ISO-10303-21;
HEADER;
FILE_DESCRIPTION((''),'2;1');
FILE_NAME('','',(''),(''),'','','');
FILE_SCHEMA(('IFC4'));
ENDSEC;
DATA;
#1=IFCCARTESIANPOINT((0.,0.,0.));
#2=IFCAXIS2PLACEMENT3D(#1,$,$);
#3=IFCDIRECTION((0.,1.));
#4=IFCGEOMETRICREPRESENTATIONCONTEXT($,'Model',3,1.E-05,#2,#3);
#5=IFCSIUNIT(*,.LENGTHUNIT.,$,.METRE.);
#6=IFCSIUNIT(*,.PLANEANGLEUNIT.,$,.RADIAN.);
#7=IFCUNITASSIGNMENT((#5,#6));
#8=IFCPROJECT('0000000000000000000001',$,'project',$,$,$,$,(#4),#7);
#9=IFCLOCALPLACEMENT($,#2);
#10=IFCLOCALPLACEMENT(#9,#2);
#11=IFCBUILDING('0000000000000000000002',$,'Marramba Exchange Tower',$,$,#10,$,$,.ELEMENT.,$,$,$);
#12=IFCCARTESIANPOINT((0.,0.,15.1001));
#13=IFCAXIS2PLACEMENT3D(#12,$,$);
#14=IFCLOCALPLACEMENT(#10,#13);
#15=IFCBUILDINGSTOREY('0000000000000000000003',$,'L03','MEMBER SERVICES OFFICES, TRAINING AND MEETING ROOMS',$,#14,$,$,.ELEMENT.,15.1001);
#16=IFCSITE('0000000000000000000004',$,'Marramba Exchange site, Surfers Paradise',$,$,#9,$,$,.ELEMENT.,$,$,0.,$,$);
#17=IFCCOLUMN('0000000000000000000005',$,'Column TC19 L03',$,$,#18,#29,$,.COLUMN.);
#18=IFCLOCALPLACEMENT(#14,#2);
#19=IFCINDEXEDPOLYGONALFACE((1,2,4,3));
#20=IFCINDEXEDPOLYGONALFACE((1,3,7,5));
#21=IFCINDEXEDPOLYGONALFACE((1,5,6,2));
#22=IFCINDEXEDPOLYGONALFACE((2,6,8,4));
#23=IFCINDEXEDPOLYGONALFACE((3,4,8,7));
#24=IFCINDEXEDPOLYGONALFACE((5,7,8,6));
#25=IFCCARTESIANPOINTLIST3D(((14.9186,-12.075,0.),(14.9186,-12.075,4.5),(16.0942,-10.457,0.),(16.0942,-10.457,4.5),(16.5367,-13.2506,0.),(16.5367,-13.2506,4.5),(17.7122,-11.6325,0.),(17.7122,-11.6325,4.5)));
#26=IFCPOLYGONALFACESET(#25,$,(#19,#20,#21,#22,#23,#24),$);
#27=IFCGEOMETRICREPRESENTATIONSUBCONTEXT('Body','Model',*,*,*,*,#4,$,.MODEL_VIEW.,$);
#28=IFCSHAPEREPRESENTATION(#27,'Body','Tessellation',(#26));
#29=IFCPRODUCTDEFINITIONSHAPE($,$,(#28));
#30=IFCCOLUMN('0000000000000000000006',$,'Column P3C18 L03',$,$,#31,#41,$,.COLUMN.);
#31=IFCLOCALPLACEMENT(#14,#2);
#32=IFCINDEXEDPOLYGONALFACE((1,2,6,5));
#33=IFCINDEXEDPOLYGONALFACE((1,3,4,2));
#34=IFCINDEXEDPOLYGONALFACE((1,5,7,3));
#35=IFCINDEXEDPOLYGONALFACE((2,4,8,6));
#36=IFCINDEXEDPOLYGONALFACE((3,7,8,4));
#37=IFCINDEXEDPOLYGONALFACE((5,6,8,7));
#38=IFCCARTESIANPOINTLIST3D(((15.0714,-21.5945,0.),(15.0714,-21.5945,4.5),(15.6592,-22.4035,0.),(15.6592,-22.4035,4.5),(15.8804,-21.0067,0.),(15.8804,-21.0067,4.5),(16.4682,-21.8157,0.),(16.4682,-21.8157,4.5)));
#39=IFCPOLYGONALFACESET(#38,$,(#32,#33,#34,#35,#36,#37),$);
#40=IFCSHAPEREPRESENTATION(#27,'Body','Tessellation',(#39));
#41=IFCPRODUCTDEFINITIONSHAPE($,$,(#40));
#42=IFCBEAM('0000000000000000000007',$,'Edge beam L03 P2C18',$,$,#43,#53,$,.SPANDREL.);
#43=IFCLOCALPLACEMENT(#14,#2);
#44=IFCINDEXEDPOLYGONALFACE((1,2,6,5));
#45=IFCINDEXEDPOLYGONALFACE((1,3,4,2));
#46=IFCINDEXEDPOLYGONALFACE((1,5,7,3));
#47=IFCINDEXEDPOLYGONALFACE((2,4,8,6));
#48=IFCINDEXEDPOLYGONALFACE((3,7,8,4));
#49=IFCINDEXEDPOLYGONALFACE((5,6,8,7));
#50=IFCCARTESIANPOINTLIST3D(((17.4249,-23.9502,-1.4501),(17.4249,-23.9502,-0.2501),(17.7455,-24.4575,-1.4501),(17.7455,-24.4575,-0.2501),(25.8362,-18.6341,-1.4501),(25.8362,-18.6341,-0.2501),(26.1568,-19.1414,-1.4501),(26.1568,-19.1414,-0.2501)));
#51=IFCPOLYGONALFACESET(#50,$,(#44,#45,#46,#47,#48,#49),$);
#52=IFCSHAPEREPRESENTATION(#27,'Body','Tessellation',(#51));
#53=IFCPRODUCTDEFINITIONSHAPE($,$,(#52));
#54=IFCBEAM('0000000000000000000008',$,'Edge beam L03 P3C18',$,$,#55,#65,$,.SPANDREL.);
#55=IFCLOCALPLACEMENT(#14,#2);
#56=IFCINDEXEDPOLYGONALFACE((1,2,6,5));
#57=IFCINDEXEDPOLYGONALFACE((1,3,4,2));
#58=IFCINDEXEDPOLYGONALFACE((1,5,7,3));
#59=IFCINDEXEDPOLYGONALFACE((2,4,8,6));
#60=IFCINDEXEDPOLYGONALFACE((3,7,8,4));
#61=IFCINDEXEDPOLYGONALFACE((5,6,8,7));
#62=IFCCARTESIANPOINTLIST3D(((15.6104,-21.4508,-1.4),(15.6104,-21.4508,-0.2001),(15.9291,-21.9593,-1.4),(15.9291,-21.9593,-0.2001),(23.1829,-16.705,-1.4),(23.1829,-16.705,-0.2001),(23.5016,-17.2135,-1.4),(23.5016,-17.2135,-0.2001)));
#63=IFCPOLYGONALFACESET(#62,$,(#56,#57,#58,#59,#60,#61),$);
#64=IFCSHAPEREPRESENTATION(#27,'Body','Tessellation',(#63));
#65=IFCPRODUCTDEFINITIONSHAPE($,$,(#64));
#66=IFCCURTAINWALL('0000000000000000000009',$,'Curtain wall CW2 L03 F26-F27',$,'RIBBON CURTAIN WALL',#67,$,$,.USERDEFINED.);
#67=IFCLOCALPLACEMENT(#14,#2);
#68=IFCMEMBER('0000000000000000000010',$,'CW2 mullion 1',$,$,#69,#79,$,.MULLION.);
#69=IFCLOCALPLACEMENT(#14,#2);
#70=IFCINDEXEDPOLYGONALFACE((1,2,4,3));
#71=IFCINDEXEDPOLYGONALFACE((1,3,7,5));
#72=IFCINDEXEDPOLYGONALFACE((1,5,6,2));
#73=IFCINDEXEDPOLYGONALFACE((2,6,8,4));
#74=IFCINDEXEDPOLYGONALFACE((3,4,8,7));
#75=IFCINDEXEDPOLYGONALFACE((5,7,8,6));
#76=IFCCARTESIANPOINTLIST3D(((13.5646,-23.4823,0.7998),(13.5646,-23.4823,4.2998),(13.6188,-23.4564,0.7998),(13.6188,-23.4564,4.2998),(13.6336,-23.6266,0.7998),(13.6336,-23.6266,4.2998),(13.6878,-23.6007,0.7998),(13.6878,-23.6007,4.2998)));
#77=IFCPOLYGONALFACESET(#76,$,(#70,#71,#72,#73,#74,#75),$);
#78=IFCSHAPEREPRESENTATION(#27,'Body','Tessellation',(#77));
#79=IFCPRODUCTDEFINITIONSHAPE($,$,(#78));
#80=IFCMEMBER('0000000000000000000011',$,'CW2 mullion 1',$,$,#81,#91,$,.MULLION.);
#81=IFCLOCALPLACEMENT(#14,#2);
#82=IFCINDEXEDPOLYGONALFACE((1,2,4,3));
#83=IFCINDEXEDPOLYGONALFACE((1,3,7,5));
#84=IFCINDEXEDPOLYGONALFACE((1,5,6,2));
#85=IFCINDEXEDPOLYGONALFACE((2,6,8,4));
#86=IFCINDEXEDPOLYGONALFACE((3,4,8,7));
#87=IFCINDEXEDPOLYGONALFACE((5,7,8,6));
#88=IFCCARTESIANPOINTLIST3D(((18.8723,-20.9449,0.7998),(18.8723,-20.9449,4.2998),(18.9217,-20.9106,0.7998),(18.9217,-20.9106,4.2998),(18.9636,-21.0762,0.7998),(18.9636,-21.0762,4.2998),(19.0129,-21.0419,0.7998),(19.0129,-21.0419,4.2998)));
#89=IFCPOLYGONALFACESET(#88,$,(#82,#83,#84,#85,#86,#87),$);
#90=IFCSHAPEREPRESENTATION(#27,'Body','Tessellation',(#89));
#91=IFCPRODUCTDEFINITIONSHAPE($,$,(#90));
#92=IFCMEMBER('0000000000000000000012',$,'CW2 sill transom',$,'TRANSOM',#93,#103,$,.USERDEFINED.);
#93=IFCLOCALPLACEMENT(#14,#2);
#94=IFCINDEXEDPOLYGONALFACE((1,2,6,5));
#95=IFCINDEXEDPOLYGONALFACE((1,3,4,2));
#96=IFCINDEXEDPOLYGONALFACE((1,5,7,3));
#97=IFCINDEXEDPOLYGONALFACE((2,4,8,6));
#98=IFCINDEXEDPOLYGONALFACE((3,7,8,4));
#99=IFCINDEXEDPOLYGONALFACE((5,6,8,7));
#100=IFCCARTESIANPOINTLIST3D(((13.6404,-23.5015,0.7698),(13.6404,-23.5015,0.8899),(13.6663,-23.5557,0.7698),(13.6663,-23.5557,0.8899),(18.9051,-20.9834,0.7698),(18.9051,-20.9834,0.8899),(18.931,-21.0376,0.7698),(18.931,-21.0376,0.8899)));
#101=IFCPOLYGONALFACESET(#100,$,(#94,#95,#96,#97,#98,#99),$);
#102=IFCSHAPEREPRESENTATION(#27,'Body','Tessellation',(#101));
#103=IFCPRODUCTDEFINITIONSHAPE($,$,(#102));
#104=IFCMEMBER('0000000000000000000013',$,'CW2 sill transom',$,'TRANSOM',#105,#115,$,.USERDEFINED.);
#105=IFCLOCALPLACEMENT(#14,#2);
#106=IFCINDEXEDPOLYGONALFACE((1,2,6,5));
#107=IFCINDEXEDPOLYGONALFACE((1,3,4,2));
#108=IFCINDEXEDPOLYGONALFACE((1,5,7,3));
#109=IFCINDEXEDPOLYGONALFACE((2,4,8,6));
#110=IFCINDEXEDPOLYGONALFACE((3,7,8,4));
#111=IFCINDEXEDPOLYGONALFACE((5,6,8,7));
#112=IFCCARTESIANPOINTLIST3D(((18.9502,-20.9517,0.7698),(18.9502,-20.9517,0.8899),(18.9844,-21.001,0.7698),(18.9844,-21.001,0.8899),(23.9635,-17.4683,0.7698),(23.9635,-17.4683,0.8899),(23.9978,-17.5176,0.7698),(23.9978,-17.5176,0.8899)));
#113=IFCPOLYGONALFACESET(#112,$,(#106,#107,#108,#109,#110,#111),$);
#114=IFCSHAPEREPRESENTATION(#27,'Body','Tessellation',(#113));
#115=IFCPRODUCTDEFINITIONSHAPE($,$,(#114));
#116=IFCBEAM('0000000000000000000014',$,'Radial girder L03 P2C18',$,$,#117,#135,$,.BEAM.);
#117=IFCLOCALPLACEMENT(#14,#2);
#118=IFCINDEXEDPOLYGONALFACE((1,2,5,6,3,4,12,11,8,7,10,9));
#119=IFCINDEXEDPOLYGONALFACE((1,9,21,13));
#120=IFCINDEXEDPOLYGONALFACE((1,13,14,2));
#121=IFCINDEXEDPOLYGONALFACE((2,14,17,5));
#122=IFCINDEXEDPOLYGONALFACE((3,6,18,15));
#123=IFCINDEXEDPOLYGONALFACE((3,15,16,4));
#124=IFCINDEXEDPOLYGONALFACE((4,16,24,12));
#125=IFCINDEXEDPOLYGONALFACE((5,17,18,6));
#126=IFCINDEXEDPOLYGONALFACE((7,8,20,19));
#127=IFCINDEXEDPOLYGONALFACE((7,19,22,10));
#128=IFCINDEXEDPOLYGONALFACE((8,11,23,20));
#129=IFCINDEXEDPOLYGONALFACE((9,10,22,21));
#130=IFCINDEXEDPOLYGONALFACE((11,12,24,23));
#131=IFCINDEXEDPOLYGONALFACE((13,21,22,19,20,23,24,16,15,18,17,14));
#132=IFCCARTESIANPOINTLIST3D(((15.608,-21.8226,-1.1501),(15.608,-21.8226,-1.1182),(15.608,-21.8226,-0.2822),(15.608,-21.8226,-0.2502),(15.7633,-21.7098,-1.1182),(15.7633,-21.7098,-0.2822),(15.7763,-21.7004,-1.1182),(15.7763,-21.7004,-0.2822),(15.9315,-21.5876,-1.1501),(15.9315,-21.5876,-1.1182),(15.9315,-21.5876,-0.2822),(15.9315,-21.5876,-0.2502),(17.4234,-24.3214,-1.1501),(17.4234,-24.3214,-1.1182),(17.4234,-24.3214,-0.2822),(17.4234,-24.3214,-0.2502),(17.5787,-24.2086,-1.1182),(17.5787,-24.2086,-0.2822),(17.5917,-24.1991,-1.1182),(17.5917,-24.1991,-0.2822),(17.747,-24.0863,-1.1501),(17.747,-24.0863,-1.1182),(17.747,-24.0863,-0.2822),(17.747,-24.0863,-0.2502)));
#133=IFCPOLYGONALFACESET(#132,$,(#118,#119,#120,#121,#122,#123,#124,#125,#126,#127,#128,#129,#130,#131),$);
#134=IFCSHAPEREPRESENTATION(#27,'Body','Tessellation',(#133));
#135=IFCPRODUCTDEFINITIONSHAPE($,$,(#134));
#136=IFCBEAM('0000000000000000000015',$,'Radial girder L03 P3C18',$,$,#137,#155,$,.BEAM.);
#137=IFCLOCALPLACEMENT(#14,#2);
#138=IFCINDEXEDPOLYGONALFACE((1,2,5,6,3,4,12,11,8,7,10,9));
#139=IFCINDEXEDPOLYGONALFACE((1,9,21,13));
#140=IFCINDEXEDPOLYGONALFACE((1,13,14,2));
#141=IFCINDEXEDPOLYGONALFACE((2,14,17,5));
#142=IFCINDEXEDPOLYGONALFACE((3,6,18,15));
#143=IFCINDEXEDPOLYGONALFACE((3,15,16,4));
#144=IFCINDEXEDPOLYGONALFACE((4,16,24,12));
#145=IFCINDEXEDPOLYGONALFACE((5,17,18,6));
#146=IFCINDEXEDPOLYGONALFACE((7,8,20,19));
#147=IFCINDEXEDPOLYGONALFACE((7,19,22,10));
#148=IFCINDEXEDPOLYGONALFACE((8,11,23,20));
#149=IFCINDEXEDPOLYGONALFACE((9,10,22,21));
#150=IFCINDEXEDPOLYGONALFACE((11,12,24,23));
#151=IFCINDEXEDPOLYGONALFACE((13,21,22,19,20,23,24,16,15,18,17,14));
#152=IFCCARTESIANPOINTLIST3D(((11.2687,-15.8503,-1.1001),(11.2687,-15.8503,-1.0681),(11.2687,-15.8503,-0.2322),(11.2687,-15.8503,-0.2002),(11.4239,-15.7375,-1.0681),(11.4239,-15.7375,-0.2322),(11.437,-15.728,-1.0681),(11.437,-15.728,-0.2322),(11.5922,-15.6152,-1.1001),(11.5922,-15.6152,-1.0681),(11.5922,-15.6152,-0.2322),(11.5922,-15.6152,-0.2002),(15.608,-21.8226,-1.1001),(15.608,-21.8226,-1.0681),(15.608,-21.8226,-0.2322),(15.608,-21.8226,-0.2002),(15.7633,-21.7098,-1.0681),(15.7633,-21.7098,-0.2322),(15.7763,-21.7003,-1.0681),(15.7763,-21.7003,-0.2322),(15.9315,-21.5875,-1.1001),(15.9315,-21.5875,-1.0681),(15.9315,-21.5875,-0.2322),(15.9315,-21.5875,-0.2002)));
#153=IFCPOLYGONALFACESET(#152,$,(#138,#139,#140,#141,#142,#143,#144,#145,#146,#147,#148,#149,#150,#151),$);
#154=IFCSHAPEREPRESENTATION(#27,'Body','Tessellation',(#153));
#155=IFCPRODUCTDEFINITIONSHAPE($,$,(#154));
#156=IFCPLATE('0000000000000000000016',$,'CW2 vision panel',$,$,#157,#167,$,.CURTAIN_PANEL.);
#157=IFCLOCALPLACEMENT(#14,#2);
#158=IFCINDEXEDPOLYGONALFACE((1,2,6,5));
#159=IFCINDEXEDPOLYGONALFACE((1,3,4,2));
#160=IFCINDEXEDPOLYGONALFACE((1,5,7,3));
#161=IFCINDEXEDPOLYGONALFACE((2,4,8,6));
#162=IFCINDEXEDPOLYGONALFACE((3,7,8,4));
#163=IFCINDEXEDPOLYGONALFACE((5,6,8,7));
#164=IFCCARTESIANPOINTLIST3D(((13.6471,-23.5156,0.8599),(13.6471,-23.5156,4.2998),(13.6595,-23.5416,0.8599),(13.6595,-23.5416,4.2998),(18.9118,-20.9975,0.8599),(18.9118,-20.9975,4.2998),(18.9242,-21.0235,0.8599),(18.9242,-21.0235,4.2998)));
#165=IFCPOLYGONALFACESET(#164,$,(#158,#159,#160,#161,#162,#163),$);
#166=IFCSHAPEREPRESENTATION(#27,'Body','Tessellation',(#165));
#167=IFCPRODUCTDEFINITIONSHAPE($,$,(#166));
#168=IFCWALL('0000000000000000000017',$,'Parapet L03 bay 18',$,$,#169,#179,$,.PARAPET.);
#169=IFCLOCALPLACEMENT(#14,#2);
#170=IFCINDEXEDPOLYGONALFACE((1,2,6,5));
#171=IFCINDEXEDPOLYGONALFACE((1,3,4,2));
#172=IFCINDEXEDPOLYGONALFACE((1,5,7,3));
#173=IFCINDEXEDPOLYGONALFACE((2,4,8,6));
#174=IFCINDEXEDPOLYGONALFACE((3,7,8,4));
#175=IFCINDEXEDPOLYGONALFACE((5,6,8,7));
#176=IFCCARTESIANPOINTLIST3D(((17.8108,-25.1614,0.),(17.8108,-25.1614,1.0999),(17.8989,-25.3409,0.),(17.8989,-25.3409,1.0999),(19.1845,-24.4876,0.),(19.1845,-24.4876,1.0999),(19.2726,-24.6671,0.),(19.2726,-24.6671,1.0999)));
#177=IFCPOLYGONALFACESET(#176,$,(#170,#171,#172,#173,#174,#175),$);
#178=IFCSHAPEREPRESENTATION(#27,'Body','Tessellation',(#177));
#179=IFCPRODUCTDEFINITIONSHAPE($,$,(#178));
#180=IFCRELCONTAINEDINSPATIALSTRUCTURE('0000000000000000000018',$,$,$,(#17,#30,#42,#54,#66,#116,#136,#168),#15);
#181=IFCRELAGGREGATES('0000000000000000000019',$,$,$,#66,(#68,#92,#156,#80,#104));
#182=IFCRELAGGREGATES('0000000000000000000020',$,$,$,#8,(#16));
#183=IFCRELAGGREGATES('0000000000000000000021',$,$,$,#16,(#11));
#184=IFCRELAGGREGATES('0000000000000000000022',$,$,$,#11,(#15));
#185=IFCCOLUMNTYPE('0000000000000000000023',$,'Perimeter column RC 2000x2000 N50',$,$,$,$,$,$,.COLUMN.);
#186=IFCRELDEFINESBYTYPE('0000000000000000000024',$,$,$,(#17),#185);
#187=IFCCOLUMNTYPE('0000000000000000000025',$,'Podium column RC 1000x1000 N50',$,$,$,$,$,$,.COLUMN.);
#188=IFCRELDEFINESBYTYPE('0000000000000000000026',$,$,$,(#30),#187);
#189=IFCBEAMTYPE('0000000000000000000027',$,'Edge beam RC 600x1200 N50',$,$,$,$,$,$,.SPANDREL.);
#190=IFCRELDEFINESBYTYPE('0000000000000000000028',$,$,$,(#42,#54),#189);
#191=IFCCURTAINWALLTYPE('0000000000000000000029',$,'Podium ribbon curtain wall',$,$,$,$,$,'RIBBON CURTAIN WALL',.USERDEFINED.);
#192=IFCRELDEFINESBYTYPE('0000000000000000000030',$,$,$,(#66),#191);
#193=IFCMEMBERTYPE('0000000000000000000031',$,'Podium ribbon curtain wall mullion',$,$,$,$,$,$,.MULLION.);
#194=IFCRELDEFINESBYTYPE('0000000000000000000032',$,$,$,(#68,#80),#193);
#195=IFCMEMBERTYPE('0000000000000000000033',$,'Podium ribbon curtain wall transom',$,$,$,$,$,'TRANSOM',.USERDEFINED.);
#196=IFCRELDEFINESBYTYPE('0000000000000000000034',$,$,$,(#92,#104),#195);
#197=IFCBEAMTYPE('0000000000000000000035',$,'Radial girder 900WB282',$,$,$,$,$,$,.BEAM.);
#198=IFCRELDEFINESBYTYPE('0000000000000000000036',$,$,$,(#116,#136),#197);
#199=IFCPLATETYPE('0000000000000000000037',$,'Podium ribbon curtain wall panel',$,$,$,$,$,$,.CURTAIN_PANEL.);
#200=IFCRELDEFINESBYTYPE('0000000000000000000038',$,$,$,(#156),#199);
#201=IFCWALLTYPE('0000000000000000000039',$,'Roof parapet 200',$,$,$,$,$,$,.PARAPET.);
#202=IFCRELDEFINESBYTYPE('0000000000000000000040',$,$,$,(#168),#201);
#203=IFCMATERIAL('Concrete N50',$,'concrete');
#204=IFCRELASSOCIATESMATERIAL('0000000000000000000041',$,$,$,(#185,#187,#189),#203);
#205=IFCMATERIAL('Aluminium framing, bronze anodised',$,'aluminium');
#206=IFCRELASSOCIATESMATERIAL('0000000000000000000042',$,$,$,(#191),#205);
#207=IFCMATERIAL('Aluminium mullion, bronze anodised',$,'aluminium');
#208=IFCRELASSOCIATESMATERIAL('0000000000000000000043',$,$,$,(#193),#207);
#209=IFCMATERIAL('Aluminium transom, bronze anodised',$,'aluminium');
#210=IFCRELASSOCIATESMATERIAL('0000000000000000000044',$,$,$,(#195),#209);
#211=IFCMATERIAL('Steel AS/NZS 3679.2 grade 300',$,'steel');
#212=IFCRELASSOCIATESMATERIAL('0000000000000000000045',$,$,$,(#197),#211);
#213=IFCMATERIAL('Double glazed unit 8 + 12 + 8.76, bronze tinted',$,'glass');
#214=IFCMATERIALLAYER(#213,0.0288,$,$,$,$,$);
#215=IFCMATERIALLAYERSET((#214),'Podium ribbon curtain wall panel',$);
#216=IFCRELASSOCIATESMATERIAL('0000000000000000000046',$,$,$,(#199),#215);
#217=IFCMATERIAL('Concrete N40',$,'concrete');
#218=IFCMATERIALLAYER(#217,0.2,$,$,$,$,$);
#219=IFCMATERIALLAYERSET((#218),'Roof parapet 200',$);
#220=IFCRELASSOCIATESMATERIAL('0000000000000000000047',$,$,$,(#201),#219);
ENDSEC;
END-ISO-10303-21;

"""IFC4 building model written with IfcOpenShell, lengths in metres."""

from ifc_helpers import new_model, si_unit, direction, frame, frame_2d, origin, origin_2d, place, context, subcontext, project, spatial, rectangle, i_section, extrude, material, layer, layer_set, material_profile, profile_set, type_object, element, aggregate, save


model = new_model("IFC4")

# Units and contexts
model_context = context("Model", 3, precision=1e-05, world=origin(), true_north=direction((0.0, 1.0)))
body_context = subcontext(model_context, "Body", "Model", "MODEL_VIEW")
ifc_project = project(units=[si_unit("LENGTHUNIT", "METRE"), si_unit("PLANEANGLEUNIT", "RADIAN")], contexts=[model_context])

# Site, building, storey
site_placement = place(None, origin())
site = spatial("IfcSite", under=ifc_project, at=site_placement, Name="Marramba Exchange site, Surfers Paradise", CompositionType="ELEMENT", RefElevation=0.0)
building_placement = place(site_placement, origin())
building = spatial("IfcBuilding", under=site, at=building_placement, Name="Marramba Exchange Tower", CompositionType="ELEMENT")
storey_placement = place(building_placement, frame((0.0, 0.0, 15.1001)))
storey = spatial("IfcBuildingStorey", under=building, at=storey_placement, Name="L03", Description="MEMBER SERVICES OFFICES, TRAINING AND MEETING ROOMS", CompositionType="ELEMENT", Elevation=15.1001)

# Columns
ifc_material_1 = material(Name="Concrete N50", Category="concrete")
ifc_material_profile_1 = material_profile(ifc_material_1, rectangle(XDim=2.0, YDim=2.0, at=origin_2d()), Name="RC 2000x2000")
ifc_profile_set_1 = profile_set([ifc_material_profile_1], Name="Concrete N50")
column_type_1 = type_object("IfcColumnType", Name="Perimeter column RC 2000x2000 N50", PredefinedType="COLUMN", material=ifc_profile_set_1)
column_1_placement = place(storey_placement, frame((16.3154, -11.8538, 0.0), z_axis=(0.0, 0.0, 1.0), x_axis=(0.809017, -0.587785, 0.0)))
element("IfcColumn", 1, at=column_1_placement, inside=storey, type_object=column_type_1, Name="Column TC19 L03", PredefinedType="COLUMN", context=body_context, shape_type="SweptSolid", body=[
    extrude(rectangle(XDim=2.0, YDim=2.0, at=origin_2d()), origin(), (0.0, 0.0, 1.0), 4.5),
])
ifc_material_profile_2 = material_profile(ifc_material_1, rectangle(XDim=1.0, YDim=1.0, at=origin_2d()), Name="RC 1000x1000")
ifc_profile_set_2 = profile_set([ifc_material_profile_2], Name="Concrete N50")
column_type_2 = type_object("IfcColumnType", Name="Podium column RC 1000x1000 N50", PredefinedType="COLUMN", material=ifc_profile_set_2)
column_2_placement = place(storey_placement, frame((15.7698, -21.7051, 0.0), z_axis=(0.0, 0.0, 1.0), x_axis=(0.587785, -0.809017, 0.0)))
element("IfcColumn", 2, at=column_2_placement, inside=storey, type_object=column_type_2, Name="Column P3C18 L03", PredefinedType="COLUMN", context=body_context, shape_type="SweptSolid", body=[
    extrude(rectangle(XDim=1.0, YDim=1.0, at=origin_2d()), origin(), (0.0, 0.0, 1.0), 4.5),
])

# Beams
ifc_material_profile_3 = material_profile(ifc_material_1, rectangle(XDim=0.6001, YDim=1.2, at=origin_2d()), Name="RC 600x1200")
ifc_profile_set_3 = profile_set([ifc_material_profile_3], Name="Concrete N50")
beam_type_1 = type_object("IfcBeamType", Name="Edge beam RC 600x1200 N50", PredefinedType="SPANDREL", material=ifc_profile_set_3)
beam_1_placement = place(storey_placement, frame((17.5852, -24.2039, -0.8501), z_axis=(0.84532, 0.53426, 0.0), x_axis=(-0.53426, 0.84532, 0.0)))
element("IfcBeam", 3, at=beam_1_placement, inside=storey, type_object=beam_type_1, Name="Edge beam L03 P2C18", PredefinedType="SPANDREL", context=body_context, shape_type="SweptSolid", body=[
    extrude(rectangle(XDim=0.6001, YDim=1.2, at=origin_2d()), origin(), (0.0, 0.0, 1.0), 9.9504),
])
beam_2_placement = place(storey_placement, frame((15.7698, -21.7051, -0.8), z_axis=(0.847342, 0.531047, 0.0), x_axis=(-0.531047, 0.847342, 0.0)))
element("IfcBeam", 4, at=beam_2_placement, inside=storey, type_object=beam_type_1, Name="Edge beam L03 P3C18", PredefinedType="SPANDREL", context=body_context, shape_type="SweptSolid", body=[
    extrude(rectangle(XDim=0.6001, YDim=1.2, at=origin_2d()), origin(), (0.0, 0.0, 1.0), 8.9368),
])

# Curtain wall, members
ifc_material_2 = material(Name="Aluminium framing, bronze anodised", Category="aluminium")
curtain_wall_type = type_object("IfcCurtainWallType", Name="Podium ribbon curtain wall", ElementType="RIBBON CURTAIN WALL", PredefinedType="USERDEFINED", material=ifc_material_2)
curtain_wall_placement = place(storey_placement, origin())
curtain_wall = element("IfcCurtainWall", 5, at=curtain_wall_placement, inside=storey, type_object=curtain_wall_type, Name="Curtain wall CW2 L03 F26-F27", ObjectType="RIBBON CURTAIN WALL", PredefinedType="USERDEFINED")
ifc_material_3 = material(Name="Aluminium mullion, bronze anodised", Category="aluminium")
ifc_material_profile_4 = material_profile(ifc_material_3, rectangle(XDim=0.1599, YDim=0.0601, at=origin_2d()), Name="CW2 mullion 60x160")
ifc_profile_set_4 = profile_set([ifc_material_profile_4], Name="Aluminium mullion, bronze anodised")
member_type_1 = type_object("IfcMemberType", Name="Podium ribbon curtain wall mullion", PredefinedType="MULLION", material=ifc_profile_set_4)
member_1_placement = place(storey_placement, frame((13.6262, -23.5415, 0.7998), z_axis=(0.0, 0.0, 1.0), x_axis=(-0.431486, 0.90212, 0.0)))
member_1 = element("IfcMember", 6, at=member_1_placement, type_object=member_type_1, Name="CW2 mullion 1", PredefinedType="MULLION", context=body_context, shape_type="SweptSolid", body=[
    extrude(rectangle(XDim=0.1599, YDim=0.0601, at=origin_2d()), origin(), (0.0, 0.0, 1.0), 3.5),
])
member_2_placement = place(storey_placement, frame((18.9426, -20.9934, 0.7998), z_axis=(0.0, 0.0, 1.0), x_axis=(-0.570586, 0.821238, 0.0)))
member_2 = element("IfcMember", 7, at=member_2_placement, type_object=member_type_1, Name="CW2 mullion 1", PredefinedType="MULLION", context=body_context, shape_type="SweptSolid", body=[
    extrude(rectangle(XDim=0.1599, YDim=0.0601, at=origin_2d()), origin(), (0.0, 0.0, 1.0), 3.5),
])
ifc_material_4 = material(Name="Aluminium transom, bronze anodised", Category="aluminium")
ifc_material_profile_5 = material_profile(ifc_material_4, rectangle(XDim=0.0601, YDim=0.1201, at=origin_2d()), Name="CW2 transom 60x120")
ifc_profile_set_5 = profile_set([ifc_material_profile_5], Name="Aluminium transom, bronze anodised")
member_type_2 = type_object("IfcMemberType", Name="Podium ribbon curtain wall transom", ElementType="TRANSOM", PredefinedType="USERDEFINED", material=ifc_profile_set_5)
member_3_placement = place(storey_placement, frame((13.6533, -23.5286, 0.8298), z_axis=(0.902121, 0.431482, 0.0), x_axis=(-0.431482, 0.902121, 0.0)))
member_3 = element("IfcMember", 8, at=member_3_placement, type_object=member_type_2, Name="CW2 sill transom", ObjectType="TRANSOM", PredefinedType="USERDEFINED", context=body_context, shape_type="SweptSolid", body=[
    extrude(rectangle(XDim=0.0601, YDim=0.1201, at=origin_2d()), origin(), (0.0, 0.0, 1.0), 5.8359),
])
member_4_placement = place(storey_placement, frame((18.9673, -20.9763, 0.8298), z_axis=(0.821228, 0.5706, 0.0), x_axis=(-0.5706, 0.821228, 0.0)))
member_4 = element("IfcMember", 9, at=member_4_placement, type_object=member_type_2, Name="CW2 sill transom", ObjectType="TRANSOM", PredefinedType="USERDEFINED", context=body_context, shape_type="SweptSolid", body=[
    extrude(rectangle(XDim=0.0601, YDim=0.1201, at=origin_2d()), origin(), (0.0, 0.0, 1.0), 6.1047),
])

# Beams
ifc_material_5 = material(Name="Steel AS/NZS 3679.2 grade 300", Category="steel")
ifc_material_profile_6 = material_profile(ifc_material_5, i_section(OverallWidth=0.3999, OverallDepth=0.8999, WebThickness=0.0161, FlangeThickness=0.032, at=origin_2d()), Name="900WB282")
ifc_profile_set_6 = profile_set([ifc_material_profile_6], Name="Steel AS/NZS 3679.2 grade 300")
beam_type_2 = type_object("IfcBeamType", Name="Radial girder 900WB282", PredefinedType="BEAM", material=ifc_profile_set_6)
beam_3_placement = place(storey_placement, frame((17.5852, -24.2039, -0.7002), z_axis=(-0.587777, 0.809023, 0.0), x_axis=(-0.809023, -0.587777, 0.0)))
element("IfcBeam", 10, at=beam_3_placement, inside=storey, type_object=beam_type_2, Name="Radial girder L03 P2C18", PredefinedType="BEAM", context=body_context, shape_type="SweptSolid", body=[
    extrude(i_section(OverallWidth=0.3999, OverallDepth=0.8999, WebThickness=0.0161, FlangeThickness=0.032, at=origin_2d()), origin(), (0.0, 0.0, 1.0), 3.0886),
])
beam_4_placement = place(storey_placement, frame((15.7698, -21.7051, -0.6501), z_axis=(-0.587798, 0.809008, 0.0), x_axis=(-0.809008, -0.587798, 0.0)))
element("IfcBeam", 11, at=beam_4_placement, inside=storey, type_object=beam_type_2, Name="Radial girder L03 P3C18", PredefinedType="BEAM", context=body_context, shape_type="SweptSolid", body=[
    extrude(i_section(OverallWidth=0.3999, OverallDepth=0.8999, WebThickness=0.0161, FlangeThickness=0.032, at=origin_2d()), origin(), (0.0, 0.0, 1.0), 7.3823),
])

# Plate
ifc_material_6 = material(Name="Double glazed unit 8 + 12 + 8.76, bronze tinted", Category="glass")
ifc_layer_1 = layer(ifc_material_6, 0.0288)
ifc_layer_set_1 = layer_set([ifc_layer_1], Name="Podium ribbon curtain wall panel")
plate_type = type_object("IfcPlateType", Name="Podium ribbon curtain wall panel", PredefinedType="CURTAIN_PANEL", material=ifc_layer_set_1)
plate_placement = place(storey_placement, frame((16.2856, -22.2695, 0.8599), z_axis=(0.0, 0.0, 1.0), x_axis=(0.90212, 0.431486, 0.0)))
plate = element("IfcPlate", 12, at=plate_placement, type_object=plate_type, Name="CW2 vision panel", PredefinedType="CURTAIN_PANEL", context=body_context, shape_type="SweptSolid", body=[
    extrude(rectangle(XDim=5.8359, YDim=0.0288, at=origin_2d()), origin(), (0.0, 0.0, 1.0), 3.4399),
])
aggregate(curtain_wall, [member_1, member_3, plate, member_2, member_4])

# Wall
ifc_material_7 = material(Name="Concrete N40", Category="concrete")
ifc_layer_2 = layer(ifc_material_7, 0.2)
ifc_layer_set_2 = layer_set([ifc_layer_2], Name="Roof parapet 200")
wall_type_1 = type_object("IfcWallType", Name="Roof parapet 200", PredefinedType="PARAPET", material=ifc_layer_set_2)
wall_1_placement = place(storey_placement, frame((17.8547, -25.2512, 0.0), z_axis=(0.0, 0.0, 1.0), x_axis=(0.897816, 0.440372, 0.0)))
element("IfcWall", 13, at=wall_1_placement, inside=storey, type_object=wall_type_1, Name="Parapet L03 bay 18", PredefinedType="PARAPET", context=body_context, shape_type="SweptSolid", body=[
    extrude(rectangle(XDim=1.53, YDim=0.2, at=frame_2d((0.7651, 0.0))), origin(), (0.0, 0.0, 1.0), 1.0999),
])

save(model, "model.ifc")
